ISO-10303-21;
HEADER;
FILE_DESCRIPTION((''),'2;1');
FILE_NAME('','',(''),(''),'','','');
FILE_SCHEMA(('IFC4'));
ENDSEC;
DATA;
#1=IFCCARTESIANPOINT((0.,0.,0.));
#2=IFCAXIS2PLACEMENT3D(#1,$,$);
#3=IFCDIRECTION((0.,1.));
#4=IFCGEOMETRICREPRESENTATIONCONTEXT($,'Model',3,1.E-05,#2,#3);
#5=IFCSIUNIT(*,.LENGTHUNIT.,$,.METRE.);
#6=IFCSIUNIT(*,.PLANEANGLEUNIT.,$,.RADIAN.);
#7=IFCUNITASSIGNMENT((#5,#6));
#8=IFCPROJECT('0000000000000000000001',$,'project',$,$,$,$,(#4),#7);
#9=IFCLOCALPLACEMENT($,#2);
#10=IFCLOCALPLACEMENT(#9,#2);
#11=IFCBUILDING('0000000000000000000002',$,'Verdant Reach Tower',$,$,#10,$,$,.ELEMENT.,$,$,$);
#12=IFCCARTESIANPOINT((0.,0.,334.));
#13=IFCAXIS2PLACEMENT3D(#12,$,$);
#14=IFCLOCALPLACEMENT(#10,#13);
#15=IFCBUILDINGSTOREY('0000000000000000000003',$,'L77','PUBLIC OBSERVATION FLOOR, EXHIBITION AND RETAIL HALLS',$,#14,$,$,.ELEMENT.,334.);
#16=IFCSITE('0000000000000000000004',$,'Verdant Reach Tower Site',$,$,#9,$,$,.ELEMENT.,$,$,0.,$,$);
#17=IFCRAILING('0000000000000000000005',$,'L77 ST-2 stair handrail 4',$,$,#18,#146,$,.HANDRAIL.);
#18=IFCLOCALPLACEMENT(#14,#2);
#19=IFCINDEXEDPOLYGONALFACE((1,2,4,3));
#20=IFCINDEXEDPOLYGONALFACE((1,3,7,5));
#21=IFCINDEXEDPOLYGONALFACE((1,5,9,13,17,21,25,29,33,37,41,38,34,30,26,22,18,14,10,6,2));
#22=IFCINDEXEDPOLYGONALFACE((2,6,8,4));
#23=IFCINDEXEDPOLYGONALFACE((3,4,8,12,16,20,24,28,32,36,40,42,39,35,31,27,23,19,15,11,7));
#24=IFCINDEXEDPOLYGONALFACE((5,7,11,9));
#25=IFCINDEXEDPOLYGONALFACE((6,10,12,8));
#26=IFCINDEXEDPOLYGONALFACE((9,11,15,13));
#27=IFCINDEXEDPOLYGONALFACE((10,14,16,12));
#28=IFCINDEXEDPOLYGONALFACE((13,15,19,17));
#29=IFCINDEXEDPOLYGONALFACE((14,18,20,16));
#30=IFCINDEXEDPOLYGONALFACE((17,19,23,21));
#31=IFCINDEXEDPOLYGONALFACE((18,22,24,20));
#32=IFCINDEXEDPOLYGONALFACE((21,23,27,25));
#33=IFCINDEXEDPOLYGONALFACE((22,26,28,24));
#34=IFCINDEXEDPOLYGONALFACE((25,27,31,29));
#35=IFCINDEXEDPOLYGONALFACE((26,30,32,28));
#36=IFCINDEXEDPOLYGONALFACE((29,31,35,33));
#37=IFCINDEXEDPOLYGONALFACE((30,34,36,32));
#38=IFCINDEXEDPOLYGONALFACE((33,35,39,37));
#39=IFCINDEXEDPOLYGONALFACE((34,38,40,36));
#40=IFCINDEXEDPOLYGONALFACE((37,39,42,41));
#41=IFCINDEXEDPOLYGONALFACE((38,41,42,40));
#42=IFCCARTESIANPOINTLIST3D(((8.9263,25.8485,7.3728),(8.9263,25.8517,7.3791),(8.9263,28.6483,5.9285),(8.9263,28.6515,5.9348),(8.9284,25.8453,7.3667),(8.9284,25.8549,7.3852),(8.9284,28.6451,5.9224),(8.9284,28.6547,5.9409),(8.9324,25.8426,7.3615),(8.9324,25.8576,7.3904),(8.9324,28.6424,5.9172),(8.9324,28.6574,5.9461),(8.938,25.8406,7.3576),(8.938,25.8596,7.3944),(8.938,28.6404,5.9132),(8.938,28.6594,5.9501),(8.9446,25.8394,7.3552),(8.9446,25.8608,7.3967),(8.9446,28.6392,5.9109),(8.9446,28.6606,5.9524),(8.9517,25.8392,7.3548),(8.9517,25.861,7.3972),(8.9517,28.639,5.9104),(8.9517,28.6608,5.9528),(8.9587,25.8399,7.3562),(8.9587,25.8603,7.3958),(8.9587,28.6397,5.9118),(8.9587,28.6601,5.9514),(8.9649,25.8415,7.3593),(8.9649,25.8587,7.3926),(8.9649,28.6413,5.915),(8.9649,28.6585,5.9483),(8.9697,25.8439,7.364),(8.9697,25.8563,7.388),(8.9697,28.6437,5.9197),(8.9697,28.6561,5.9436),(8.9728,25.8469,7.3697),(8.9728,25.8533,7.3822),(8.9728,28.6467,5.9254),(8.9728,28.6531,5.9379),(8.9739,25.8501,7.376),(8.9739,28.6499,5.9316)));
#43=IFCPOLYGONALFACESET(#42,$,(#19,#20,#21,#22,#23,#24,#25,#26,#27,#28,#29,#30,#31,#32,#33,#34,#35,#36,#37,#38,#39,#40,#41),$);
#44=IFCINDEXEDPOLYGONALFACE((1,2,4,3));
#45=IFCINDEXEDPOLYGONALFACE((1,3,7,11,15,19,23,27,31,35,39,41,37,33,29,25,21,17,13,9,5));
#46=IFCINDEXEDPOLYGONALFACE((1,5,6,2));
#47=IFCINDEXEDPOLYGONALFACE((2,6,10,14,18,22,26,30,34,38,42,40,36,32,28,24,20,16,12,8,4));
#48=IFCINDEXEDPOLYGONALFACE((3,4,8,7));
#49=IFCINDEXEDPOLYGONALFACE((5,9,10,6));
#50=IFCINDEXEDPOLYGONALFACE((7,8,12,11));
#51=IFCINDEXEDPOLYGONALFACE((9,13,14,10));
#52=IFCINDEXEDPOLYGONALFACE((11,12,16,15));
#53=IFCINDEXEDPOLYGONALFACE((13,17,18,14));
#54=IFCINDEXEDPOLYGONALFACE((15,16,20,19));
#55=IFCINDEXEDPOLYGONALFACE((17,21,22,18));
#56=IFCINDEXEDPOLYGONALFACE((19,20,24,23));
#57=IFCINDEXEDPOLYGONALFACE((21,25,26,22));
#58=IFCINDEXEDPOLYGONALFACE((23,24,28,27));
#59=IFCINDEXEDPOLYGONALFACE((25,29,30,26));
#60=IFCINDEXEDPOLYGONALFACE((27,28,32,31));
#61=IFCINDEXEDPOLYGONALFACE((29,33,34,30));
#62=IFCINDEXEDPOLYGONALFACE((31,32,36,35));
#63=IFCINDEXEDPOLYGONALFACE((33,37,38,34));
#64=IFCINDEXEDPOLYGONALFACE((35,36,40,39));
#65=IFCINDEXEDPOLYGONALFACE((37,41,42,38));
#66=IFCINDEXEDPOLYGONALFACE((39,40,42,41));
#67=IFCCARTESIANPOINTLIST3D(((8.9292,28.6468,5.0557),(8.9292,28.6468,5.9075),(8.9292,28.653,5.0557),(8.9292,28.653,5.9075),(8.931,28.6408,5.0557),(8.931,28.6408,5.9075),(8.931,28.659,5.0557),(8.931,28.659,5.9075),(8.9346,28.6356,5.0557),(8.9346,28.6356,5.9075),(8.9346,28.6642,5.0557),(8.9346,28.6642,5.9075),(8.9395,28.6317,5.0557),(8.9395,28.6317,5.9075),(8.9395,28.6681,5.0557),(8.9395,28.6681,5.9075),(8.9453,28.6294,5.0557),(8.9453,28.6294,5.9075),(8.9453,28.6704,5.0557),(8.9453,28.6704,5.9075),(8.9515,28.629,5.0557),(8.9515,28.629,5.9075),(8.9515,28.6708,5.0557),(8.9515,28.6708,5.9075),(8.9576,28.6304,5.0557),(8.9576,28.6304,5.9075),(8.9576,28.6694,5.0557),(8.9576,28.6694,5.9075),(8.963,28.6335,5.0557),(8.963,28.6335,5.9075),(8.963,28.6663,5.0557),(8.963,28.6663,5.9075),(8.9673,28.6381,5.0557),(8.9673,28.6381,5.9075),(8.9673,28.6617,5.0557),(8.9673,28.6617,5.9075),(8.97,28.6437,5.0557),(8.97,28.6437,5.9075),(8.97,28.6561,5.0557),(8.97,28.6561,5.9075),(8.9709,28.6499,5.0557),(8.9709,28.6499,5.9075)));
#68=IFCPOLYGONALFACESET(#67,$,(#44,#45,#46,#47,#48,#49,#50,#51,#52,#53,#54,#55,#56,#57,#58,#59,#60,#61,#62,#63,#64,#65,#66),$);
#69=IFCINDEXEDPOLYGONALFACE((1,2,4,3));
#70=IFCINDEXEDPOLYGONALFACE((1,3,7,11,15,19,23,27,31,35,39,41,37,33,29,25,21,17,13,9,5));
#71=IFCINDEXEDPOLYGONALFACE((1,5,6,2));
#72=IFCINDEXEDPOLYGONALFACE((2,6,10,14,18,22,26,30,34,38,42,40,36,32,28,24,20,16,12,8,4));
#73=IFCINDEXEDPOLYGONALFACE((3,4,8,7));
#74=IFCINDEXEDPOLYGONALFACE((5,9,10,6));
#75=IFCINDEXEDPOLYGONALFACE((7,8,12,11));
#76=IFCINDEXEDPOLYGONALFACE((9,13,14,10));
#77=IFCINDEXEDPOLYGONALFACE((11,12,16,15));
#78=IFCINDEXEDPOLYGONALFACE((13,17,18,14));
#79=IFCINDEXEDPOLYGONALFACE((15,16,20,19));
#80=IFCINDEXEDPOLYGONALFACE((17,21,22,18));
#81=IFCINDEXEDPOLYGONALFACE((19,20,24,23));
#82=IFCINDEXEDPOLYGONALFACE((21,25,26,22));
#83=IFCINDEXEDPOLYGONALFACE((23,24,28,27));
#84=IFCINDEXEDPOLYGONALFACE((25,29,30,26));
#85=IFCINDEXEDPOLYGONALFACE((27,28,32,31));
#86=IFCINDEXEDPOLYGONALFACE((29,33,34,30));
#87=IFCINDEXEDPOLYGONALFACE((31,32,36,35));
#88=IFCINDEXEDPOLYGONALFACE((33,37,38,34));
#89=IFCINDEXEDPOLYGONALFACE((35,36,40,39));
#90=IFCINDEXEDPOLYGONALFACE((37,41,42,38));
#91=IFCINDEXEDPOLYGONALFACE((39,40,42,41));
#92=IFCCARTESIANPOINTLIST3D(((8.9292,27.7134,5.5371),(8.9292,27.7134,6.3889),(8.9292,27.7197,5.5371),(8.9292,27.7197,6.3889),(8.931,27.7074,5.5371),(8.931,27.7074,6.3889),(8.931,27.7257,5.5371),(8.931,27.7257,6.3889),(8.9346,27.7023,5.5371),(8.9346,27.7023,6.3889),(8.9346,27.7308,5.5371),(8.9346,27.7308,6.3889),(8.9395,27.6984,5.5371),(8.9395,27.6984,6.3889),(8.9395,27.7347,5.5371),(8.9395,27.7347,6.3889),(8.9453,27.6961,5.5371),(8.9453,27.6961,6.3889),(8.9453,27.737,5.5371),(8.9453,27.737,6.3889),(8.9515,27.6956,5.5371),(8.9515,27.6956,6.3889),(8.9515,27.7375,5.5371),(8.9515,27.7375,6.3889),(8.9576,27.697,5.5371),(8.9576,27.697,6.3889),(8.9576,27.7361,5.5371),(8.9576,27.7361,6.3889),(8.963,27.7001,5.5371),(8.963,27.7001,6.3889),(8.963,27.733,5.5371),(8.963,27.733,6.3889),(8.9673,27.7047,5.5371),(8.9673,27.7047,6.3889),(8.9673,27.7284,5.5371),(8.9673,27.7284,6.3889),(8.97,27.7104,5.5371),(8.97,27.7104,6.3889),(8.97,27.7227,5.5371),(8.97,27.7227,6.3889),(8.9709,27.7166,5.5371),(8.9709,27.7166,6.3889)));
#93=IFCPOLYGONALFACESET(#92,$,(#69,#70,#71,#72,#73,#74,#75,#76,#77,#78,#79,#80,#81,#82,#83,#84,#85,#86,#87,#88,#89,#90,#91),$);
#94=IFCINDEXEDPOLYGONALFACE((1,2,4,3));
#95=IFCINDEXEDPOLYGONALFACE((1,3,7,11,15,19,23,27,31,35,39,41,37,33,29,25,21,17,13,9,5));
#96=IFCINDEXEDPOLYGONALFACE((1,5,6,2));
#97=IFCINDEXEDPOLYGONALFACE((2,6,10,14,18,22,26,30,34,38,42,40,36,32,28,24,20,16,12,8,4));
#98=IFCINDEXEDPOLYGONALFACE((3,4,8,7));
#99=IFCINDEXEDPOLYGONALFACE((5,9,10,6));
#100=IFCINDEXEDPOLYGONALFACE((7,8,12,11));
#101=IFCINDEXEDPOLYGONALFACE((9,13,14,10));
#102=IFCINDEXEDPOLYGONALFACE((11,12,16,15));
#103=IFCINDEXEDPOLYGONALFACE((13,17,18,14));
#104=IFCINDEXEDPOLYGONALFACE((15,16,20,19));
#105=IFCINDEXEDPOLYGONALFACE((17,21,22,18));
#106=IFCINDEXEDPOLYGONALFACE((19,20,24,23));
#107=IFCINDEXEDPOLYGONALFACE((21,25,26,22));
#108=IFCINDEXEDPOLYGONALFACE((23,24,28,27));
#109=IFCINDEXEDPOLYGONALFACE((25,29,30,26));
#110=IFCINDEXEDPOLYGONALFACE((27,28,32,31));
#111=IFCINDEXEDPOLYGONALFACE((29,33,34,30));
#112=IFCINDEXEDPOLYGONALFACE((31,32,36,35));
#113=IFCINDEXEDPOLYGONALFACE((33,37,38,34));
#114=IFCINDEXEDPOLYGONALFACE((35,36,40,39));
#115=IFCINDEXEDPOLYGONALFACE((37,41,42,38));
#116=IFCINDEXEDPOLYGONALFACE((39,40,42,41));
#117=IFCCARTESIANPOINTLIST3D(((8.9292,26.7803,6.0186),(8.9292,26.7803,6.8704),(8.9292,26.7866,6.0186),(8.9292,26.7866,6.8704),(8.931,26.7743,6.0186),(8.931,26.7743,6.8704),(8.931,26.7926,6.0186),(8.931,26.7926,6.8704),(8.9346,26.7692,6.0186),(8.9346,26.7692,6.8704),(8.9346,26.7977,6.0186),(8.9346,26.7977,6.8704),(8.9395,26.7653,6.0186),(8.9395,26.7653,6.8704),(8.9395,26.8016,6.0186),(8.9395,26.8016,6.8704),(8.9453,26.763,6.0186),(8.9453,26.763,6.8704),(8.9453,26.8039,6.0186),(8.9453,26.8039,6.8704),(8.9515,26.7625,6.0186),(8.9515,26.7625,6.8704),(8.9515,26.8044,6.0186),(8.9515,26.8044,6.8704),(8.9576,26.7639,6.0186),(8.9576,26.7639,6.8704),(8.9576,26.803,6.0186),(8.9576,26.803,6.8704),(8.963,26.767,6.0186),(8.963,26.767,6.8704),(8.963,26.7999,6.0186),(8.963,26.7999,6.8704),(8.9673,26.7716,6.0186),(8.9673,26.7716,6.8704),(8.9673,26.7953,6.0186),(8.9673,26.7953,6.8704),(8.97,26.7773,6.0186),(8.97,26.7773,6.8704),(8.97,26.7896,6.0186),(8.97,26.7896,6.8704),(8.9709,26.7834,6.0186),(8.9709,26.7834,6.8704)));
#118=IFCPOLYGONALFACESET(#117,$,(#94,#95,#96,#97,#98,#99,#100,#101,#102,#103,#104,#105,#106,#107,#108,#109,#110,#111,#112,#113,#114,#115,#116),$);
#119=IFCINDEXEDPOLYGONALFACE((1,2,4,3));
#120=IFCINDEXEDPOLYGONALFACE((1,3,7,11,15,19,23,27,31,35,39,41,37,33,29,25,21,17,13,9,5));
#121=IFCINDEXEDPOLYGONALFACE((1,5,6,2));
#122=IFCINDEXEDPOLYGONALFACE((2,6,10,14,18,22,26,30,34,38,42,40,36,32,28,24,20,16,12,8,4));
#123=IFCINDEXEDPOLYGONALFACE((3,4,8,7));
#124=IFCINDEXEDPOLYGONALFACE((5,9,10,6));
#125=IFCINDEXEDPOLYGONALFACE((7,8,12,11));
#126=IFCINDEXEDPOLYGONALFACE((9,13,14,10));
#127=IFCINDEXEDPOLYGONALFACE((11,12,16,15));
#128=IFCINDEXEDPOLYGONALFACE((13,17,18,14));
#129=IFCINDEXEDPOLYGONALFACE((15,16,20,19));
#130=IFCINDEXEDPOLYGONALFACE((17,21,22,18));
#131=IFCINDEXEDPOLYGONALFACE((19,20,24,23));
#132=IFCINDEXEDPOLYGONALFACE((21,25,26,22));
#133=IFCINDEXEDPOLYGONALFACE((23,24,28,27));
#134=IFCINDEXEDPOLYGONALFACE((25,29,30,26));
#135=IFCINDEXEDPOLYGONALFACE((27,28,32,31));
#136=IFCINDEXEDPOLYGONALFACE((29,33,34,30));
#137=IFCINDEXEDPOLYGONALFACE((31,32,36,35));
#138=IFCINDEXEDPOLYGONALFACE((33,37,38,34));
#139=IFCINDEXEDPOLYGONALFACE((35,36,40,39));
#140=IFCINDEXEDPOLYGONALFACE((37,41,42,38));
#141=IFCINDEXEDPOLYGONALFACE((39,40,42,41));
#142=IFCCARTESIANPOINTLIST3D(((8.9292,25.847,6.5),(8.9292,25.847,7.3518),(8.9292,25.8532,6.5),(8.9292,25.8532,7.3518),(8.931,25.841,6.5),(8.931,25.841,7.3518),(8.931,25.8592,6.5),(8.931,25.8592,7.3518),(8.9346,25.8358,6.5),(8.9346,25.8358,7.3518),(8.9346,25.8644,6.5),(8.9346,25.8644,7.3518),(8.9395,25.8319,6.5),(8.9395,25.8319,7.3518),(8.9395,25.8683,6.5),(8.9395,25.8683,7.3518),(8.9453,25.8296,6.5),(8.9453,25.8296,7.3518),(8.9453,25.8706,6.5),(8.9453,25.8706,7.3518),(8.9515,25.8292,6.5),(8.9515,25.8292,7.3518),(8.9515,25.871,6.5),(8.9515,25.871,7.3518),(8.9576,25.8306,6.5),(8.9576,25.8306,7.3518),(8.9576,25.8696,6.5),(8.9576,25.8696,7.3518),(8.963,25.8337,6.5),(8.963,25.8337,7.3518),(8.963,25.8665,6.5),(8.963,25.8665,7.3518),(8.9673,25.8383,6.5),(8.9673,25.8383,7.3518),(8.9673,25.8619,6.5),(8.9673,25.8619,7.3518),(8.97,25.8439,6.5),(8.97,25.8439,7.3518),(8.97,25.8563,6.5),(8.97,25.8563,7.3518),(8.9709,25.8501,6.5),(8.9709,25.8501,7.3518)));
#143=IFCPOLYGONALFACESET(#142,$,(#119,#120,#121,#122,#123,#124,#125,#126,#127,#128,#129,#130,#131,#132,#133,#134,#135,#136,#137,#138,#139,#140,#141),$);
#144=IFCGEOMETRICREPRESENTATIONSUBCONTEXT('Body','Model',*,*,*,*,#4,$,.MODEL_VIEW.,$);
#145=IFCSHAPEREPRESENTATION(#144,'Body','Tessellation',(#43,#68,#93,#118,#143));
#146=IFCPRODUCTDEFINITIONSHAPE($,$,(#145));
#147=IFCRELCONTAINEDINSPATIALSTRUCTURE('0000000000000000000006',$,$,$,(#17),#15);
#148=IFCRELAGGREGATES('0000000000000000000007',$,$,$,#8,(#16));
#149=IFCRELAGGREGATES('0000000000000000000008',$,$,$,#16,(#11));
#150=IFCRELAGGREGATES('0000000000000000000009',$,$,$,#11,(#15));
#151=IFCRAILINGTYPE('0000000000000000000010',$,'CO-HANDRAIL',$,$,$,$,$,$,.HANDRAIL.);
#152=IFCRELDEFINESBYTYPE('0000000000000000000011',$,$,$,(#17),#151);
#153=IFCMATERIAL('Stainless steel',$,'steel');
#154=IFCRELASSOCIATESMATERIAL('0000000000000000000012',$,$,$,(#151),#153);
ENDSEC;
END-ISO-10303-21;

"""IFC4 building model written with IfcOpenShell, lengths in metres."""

from ifc_helpers import new_model, si_unit, direction, frame, origin, origin_2d, place, context, subcontext, project, spatial, circle, extrude, material, type_object, element, save


model = new_model("IFC4")

# Units and contexts
model_context = context("Model", 3, precision=1e-05, world=origin(), true_north=direction((0.0, 1.0)))
body_context = subcontext(model_context, "Body", "Model", "MODEL_VIEW")
ifc_project = project(units=[si_unit("LENGTHUNIT", "METRE"), si_unit("PLANEANGLEUNIT", "RADIAN")], contexts=[model_context])

# Site, building, storey
site_placement = place(None, origin())
site = spatial("IfcSite", under=ifc_project, at=site_placement, Name="Verdant Reach Tower Site", CompositionType="ELEMENT", RefElevation=0.0)
building_placement = place(site_placement, origin())
building = spatial("IfcBuilding", under=site, at=building_placement, Name="Verdant Reach Tower", CompositionType="ELEMENT")
storey_placement = place(building_placement, frame((0.0, 0.0, 334.0)))
storey = spatial("IfcBuildingStorey", under=building, at=storey_placement, Name="L77", Description="PUBLIC OBSERVATION FLOOR, EXHIBITION AND RETAIL HALLS", CompositionType="ELEMENT", Elevation=334.0)

# Railing
ifc_material_1 = material(Name="Stainless steel", Category="steel")
railing_type_1 = type_object("IfcRailingType", Name="CO-HANDRAIL", PredefinedType="HANDRAIL", material=ifc_material_1)
railing_1_placement = place(storey_placement, frame((8.95, 28.6499, 5.0557)))
element("IfcRailing", 1, at=railing_1_placement, inside=storey, type_object=railing_type_1, Name="L77 ST-2 stair handrail 4", PredefinedType="HANDRAIL", context=body_context, shape_type="SweptSolid", body=[
    extrude(circle(Radius=0.0239, at=origin_2d()), frame((0.0, 0.0, 0.876), z_axis=(0.0, -0.888714, 0.458461), x_axis=(1.0, 0.0, 0.0)), (0.0, 0.0, 1.0), 3.1504),
    extrude(circle(Radius=0.021, at=origin_2d()), origin(), (0.0, 0.0, 1.0), 0.8518),
    extrude(circle(Radius=0.021, at=origin_2d()), frame((0.0, -0.9333, 0.4814)), (0.0, 0.0, 1.0), 0.8518),
    extrude(circle(Radius=0.021, at=origin_2d()), frame((0.0, -1.8665, 0.9629)), (0.0, 0.0, 1.0), 0.8518),
    extrude(circle(Radius=0.021, at=origin_2d()), frame((0.0, -2.7998, 1.4443)), (0.0, 0.0, 1.0), 0.8518),
])

save(model, "model.ifc")
